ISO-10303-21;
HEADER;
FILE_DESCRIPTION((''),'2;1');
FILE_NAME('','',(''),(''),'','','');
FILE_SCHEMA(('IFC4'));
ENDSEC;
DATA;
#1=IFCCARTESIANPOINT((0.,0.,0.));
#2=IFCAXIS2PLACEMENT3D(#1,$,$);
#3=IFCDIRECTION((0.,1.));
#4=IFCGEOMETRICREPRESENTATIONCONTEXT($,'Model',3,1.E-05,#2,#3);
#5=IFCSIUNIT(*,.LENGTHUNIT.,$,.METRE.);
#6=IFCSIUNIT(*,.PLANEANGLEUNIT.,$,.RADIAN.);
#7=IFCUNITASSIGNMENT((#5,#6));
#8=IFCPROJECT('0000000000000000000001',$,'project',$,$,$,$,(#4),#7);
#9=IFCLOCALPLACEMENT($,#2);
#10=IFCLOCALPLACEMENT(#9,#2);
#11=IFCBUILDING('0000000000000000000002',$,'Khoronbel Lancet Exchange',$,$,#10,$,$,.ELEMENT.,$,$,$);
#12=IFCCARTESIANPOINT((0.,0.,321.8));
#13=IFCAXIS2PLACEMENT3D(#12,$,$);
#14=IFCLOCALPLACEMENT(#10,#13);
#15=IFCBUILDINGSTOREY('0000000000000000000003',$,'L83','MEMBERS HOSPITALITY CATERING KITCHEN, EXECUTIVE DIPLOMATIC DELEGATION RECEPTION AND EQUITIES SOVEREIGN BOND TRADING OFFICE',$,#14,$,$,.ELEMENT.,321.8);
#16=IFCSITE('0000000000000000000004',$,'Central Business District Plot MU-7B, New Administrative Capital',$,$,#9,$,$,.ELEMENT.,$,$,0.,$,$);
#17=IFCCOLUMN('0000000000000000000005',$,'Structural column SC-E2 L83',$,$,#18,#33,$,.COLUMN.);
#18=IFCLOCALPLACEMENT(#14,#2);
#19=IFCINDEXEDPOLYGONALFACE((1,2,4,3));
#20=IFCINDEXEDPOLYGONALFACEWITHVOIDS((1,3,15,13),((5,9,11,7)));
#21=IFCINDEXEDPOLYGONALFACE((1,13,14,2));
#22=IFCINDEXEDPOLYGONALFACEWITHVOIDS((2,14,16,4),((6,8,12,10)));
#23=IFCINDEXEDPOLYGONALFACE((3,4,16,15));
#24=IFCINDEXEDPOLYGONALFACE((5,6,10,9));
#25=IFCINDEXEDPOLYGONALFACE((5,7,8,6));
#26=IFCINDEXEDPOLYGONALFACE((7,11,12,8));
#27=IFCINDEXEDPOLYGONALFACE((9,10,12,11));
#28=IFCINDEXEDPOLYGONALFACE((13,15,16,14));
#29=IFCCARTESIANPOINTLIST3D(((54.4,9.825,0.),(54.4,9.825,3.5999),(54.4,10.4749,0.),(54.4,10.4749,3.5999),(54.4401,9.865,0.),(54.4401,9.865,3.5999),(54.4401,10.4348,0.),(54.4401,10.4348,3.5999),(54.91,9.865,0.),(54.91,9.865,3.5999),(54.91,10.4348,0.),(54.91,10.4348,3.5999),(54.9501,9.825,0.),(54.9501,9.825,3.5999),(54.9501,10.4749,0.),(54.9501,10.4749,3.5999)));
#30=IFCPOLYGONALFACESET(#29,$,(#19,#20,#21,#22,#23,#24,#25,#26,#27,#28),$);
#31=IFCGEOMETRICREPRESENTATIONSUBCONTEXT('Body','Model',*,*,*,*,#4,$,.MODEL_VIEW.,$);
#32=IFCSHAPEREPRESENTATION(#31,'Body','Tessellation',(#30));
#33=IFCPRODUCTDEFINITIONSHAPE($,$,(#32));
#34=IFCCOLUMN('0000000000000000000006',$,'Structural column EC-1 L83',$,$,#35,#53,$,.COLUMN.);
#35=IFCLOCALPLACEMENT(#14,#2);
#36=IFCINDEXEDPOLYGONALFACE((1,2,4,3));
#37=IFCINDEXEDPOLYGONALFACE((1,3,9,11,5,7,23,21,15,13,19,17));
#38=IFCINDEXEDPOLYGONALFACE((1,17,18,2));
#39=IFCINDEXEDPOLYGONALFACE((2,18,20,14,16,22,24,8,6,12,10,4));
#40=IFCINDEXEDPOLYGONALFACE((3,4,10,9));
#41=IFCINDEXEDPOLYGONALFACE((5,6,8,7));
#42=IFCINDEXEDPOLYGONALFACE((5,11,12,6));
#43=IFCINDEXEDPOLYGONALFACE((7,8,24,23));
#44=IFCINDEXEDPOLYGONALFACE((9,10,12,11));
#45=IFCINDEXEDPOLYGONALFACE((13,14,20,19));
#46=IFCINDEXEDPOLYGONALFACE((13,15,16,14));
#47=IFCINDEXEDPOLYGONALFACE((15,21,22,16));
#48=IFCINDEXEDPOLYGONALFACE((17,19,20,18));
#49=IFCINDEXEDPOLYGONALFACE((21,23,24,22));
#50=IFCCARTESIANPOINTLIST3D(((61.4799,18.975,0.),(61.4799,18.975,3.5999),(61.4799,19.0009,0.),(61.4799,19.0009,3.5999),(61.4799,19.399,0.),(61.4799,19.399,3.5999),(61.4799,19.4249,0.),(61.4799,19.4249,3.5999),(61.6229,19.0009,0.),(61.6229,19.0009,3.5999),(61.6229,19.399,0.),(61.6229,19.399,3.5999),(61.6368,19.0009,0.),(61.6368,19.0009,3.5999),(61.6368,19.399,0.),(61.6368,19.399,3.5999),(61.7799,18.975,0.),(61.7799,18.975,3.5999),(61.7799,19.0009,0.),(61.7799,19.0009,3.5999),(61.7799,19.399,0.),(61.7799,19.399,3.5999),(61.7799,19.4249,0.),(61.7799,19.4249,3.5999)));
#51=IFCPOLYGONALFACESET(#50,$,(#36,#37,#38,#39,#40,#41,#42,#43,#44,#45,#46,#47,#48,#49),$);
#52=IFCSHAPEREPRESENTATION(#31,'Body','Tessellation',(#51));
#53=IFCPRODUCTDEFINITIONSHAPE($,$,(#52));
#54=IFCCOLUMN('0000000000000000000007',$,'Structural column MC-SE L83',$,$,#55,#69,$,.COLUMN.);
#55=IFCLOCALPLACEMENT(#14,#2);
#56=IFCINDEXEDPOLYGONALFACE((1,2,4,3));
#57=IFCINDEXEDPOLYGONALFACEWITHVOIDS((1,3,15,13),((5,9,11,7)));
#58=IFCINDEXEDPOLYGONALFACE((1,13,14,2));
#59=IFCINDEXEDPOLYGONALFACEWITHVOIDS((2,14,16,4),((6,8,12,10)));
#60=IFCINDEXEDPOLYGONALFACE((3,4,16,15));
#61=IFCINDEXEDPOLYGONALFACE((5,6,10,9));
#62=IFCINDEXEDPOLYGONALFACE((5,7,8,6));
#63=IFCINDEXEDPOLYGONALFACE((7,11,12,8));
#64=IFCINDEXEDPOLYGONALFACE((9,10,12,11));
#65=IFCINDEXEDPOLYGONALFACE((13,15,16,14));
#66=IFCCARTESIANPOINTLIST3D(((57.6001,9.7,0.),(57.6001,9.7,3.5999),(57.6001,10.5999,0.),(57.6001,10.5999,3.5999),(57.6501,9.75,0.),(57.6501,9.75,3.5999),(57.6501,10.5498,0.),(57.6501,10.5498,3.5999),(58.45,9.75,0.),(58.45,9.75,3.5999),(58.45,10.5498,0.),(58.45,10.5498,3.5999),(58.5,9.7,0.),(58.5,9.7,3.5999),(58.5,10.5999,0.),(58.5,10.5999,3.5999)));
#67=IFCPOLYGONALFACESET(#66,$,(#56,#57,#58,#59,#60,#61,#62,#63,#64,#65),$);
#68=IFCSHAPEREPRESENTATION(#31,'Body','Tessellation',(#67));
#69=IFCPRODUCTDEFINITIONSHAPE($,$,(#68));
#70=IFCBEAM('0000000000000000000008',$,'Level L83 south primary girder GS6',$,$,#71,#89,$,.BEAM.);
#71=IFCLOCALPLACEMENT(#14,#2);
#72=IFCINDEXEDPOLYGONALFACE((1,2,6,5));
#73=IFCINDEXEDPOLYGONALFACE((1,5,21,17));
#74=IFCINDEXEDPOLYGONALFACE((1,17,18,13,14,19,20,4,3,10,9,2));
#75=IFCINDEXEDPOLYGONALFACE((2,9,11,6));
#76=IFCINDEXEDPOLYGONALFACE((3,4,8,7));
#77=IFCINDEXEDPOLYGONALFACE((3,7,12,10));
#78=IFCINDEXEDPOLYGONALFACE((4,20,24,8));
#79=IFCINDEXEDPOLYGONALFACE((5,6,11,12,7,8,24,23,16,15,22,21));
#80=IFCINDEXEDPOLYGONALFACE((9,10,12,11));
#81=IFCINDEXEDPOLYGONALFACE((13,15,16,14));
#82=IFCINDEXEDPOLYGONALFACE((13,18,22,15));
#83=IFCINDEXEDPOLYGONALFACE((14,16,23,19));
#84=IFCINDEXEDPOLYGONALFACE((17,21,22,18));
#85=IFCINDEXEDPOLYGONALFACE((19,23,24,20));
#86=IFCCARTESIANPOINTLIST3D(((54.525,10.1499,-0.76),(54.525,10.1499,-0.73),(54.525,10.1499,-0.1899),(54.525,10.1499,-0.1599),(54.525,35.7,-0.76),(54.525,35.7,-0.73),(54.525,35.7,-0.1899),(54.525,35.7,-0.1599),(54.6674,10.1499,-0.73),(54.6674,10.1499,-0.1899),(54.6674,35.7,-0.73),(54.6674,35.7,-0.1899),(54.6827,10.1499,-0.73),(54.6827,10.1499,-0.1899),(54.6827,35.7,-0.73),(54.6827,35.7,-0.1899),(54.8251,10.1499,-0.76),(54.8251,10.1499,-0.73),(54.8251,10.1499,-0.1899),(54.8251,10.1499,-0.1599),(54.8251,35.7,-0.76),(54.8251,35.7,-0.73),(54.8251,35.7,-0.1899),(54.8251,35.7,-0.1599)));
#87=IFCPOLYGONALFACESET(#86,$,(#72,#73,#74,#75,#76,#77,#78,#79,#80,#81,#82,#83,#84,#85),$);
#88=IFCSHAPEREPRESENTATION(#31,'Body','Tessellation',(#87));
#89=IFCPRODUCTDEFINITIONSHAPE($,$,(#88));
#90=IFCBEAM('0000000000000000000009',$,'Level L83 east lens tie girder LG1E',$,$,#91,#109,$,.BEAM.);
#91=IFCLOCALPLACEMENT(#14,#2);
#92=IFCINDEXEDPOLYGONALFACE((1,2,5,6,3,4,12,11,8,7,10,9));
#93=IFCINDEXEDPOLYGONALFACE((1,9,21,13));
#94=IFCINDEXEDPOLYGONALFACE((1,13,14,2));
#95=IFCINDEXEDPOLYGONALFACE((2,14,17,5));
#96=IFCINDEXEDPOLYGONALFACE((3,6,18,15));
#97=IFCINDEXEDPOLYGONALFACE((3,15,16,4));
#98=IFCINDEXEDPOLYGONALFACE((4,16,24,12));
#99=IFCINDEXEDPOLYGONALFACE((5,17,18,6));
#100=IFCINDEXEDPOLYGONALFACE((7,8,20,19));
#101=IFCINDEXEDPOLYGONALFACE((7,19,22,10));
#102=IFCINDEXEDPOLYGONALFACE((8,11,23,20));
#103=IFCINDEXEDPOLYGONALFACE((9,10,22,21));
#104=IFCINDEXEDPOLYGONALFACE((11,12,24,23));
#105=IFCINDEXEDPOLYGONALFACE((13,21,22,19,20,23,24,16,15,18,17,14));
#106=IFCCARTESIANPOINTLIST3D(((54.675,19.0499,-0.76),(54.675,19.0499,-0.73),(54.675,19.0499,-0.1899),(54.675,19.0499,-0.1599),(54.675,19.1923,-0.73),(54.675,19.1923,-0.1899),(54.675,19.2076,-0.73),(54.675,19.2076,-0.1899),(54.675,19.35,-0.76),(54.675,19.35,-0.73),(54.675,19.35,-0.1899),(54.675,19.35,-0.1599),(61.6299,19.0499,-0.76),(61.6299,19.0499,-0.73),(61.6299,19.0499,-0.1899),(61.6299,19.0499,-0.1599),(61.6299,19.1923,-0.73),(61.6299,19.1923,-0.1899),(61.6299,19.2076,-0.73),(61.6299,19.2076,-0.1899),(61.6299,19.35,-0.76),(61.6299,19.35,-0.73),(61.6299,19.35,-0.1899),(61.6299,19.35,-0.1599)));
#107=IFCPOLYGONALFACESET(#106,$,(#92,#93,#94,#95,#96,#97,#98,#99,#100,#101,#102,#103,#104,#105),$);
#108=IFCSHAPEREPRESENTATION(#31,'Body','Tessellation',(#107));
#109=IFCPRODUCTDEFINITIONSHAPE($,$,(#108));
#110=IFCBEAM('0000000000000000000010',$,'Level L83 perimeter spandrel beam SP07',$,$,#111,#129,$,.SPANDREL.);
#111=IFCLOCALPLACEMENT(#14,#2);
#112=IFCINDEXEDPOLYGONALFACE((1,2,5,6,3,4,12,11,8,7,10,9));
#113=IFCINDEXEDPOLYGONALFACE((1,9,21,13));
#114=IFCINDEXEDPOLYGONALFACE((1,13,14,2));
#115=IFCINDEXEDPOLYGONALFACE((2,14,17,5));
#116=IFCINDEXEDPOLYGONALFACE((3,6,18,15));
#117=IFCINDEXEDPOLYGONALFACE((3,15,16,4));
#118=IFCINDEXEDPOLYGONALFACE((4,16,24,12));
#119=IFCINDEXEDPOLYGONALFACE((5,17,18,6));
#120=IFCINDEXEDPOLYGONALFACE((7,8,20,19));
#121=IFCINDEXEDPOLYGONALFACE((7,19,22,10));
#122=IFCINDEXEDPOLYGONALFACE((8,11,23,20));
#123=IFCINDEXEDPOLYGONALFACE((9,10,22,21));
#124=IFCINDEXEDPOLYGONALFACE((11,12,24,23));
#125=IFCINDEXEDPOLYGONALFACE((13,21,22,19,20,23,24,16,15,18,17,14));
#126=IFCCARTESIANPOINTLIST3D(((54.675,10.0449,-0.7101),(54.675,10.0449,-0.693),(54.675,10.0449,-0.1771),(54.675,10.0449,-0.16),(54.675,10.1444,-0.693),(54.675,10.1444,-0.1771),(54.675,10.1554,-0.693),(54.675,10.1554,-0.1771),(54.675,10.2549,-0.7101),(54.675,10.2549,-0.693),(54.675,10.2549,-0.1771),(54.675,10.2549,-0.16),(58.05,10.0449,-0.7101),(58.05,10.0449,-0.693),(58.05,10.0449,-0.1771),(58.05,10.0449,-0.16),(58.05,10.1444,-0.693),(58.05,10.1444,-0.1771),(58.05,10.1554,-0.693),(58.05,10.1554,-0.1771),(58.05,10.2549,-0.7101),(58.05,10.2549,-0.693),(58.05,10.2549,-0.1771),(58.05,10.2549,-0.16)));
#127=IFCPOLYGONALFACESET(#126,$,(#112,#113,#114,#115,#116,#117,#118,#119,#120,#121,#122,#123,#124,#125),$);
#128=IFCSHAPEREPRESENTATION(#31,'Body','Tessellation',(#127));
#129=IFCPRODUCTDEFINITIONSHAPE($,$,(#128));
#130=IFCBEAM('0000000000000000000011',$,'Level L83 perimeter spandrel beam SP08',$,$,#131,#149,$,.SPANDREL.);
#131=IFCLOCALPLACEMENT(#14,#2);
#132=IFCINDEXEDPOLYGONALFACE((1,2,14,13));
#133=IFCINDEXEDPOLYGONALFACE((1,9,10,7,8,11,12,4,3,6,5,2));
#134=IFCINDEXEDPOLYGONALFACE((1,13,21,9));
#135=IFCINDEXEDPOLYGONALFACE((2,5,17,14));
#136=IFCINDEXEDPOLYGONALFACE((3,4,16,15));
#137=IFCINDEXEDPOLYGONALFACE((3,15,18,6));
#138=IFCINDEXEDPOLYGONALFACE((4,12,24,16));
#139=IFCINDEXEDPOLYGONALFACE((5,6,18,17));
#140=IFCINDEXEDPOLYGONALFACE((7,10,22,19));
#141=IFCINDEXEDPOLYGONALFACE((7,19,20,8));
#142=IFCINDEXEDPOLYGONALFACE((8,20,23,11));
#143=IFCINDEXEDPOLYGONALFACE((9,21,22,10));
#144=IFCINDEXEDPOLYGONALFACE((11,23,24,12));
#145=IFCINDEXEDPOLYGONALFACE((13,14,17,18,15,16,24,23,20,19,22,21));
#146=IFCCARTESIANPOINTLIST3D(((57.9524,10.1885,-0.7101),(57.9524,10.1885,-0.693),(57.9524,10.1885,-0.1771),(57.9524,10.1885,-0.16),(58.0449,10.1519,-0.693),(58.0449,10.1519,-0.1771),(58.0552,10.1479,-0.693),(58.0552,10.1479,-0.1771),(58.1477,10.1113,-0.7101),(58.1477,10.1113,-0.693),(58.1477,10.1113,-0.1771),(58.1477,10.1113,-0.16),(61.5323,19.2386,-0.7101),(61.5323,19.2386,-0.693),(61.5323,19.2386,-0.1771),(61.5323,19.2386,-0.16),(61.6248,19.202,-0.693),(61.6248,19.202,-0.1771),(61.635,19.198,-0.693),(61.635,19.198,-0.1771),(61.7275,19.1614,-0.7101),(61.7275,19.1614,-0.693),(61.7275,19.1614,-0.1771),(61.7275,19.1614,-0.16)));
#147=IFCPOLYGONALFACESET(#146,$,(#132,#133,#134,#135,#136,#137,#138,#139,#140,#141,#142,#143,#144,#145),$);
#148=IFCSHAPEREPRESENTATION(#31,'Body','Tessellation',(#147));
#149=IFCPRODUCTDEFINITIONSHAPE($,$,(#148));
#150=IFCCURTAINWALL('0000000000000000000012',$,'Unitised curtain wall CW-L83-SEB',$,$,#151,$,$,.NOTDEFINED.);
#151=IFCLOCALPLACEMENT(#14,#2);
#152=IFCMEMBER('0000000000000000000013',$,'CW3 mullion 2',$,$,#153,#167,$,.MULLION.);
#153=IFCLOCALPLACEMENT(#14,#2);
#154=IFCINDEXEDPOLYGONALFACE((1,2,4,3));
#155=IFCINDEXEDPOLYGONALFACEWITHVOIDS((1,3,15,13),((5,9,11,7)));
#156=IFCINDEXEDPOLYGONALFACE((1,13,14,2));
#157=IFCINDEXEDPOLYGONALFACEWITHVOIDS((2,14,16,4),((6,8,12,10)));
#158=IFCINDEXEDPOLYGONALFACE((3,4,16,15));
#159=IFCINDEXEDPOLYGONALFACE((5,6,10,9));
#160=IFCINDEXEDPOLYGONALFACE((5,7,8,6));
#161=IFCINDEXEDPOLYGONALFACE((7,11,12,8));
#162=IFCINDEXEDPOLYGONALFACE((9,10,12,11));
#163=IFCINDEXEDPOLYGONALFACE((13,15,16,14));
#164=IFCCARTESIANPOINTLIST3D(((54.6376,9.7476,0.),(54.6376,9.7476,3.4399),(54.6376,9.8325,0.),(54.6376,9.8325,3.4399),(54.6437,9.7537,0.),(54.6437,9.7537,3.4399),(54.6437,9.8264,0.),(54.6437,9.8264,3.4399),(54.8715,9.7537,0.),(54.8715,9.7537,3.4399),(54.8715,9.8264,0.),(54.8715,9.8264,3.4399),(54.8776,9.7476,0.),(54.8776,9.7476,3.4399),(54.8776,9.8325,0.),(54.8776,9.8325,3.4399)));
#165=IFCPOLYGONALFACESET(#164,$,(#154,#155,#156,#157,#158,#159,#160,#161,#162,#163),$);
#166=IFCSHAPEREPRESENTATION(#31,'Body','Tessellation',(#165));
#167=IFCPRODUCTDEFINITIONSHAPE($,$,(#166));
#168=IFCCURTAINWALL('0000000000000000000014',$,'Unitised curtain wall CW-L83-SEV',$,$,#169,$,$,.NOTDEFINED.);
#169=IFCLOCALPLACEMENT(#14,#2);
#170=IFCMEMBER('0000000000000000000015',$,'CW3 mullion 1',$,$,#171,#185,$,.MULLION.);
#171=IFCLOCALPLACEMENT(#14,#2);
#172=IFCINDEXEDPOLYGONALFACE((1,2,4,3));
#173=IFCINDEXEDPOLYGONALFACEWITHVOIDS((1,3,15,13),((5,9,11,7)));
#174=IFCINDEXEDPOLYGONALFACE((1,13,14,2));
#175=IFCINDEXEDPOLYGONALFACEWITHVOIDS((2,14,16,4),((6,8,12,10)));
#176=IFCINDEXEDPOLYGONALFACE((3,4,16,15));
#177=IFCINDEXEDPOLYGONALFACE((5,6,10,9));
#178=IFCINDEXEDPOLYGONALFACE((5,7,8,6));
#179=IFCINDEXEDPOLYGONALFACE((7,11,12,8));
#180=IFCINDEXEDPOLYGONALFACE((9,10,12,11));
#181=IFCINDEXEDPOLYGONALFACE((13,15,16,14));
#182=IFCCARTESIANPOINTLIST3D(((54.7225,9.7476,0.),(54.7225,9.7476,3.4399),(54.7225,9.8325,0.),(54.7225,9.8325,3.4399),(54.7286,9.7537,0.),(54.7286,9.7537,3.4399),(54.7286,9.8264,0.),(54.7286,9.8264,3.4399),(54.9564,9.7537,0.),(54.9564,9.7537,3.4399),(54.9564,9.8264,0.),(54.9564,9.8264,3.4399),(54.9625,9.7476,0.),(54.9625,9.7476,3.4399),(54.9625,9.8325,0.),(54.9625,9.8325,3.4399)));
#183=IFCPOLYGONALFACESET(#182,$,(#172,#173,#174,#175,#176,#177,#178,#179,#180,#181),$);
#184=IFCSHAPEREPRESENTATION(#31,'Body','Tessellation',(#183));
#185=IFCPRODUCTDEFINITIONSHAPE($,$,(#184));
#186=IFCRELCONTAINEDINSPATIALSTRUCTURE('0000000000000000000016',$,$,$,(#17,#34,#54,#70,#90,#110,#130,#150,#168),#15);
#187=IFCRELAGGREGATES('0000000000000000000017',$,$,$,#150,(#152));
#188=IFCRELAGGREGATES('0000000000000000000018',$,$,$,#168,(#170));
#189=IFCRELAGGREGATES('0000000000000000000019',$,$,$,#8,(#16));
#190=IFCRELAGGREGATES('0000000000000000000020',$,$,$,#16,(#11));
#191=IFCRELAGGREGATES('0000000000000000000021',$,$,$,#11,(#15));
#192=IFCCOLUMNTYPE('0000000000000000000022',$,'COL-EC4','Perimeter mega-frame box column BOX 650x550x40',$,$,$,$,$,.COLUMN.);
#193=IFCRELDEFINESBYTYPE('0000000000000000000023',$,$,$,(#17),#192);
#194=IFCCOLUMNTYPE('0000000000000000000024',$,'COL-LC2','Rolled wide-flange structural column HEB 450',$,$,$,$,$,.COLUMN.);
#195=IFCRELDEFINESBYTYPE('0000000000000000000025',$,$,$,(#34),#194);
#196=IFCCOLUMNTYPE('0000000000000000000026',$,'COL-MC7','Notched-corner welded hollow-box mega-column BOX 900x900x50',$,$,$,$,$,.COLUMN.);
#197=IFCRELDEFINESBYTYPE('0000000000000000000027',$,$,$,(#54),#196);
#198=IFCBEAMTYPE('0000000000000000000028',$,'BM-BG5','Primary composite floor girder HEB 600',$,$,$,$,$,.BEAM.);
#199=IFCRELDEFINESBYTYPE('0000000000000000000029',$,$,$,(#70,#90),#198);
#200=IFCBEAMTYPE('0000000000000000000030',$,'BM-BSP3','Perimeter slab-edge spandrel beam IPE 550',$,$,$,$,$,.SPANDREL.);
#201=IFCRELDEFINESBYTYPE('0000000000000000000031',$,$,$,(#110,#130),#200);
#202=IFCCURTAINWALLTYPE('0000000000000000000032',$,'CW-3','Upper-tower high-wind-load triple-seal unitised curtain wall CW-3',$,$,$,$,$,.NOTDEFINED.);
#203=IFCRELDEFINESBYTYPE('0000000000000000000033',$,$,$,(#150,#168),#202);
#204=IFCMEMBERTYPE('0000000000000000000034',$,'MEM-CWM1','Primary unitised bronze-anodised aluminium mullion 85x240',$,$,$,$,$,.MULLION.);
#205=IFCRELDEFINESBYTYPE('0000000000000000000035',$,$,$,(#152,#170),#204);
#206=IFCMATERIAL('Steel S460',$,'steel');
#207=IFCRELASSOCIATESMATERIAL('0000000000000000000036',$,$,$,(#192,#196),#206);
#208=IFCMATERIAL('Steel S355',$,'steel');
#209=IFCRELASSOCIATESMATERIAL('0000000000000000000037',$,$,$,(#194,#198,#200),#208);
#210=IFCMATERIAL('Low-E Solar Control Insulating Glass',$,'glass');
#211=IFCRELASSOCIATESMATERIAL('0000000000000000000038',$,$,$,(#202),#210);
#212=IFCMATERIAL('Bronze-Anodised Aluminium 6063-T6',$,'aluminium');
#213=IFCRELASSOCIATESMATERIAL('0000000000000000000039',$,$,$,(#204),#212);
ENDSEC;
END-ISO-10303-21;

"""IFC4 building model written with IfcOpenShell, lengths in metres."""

from ifc_helpers import new_model, si_unit, direction, frame, origin, origin_2d, place, context, subcontext, project, spatial, hollow_rectangle, i_section, extrude, material, material_profile, profile_set, type_object, element, aggregate, save


model = new_model("IFC4")

# Units and contexts
model_context = context("Model", 3, precision=1e-05, world=origin(), true_north=direction((0.0, 1.0)))
body_context = subcontext(model_context, "Body", "Model", "MODEL_VIEW")
ifc_project = project(units=[si_unit("LENGTHUNIT", "METRE"), si_unit("PLANEANGLEUNIT", "RADIAN")], contexts=[model_context])

# Site, building, storey
site_placement = place(None, origin())
site = spatial("IfcSite", under=ifc_project, at=site_placement, Name="Central Business District Plot MU-7B, New Administrative Capital", CompositionType="ELEMENT", RefElevation=0.0)
building_placement = place(site_placement, origin())
building = spatial("IfcBuilding", under=site, at=building_placement, Name="Khoronbel Lancet Exchange", CompositionType="ELEMENT")
storey_placement = place(building_placement, frame((0.0, 0.0, 321.8)))
storey = spatial("IfcBuildingStorey", under=building, at=storey_placement, Name="L83", Description="MEMBERS HOSPITALITY CATERING KITCHEN, EXECUTIVE DIPLOMATIC DELEGATION RECEPTION AND EQUITIES SOVEREIGN BOND TRADING OFFICE", CompositionType="ELEMENT", Elevation=321.8)

# Columns
ifc_material_1 = material(Name="Steel S460", Category="steel")
ifc_material_profile_1 = material_profile(ifc_material_1, hollow_rectangle(XDim=0.55, YDim=0.6499, WallThickness=0.04, at=origin_2d()), Name="BOX 650x550x40")
ifc_profile_set_1 = profile_set([ifc_material_profile_1], Name="Steel S460")
column_type_1 = type_object("IfcColumnType", Name="COL-EC4", Description="Perimeter mega-frame box column BOX 650x550x40", PredefinedType="COLUMN", material=ifc_profile_set_1)
column_1_placement = place(storey_placement, frame((54.675, 10.1499, 0.0), z_axis=(0.0, 0.0, 1.0), x_axis=(1.0, 0.0, 0.0)))
element("IfcColumn", 1, at=column_1_placement, inside=storey, type_object=column_type_1, Name="Structural column SC-E2 L83", PredefinedType="COLUMN", context=body_context, shape_type="SweptSolid", body=[
    extrude(hollow_rectangle(XDim=0.55, YDim=0.6499, WallThickness=0.04, at=origin_2d()), origin(), (0.0, 0.0, 1.0), 3.5999),
])
ifc_material_2 = material(Name="Steel S355", Category="steel")
ifc_material_profile_2 = material_profile(ifc_material_2, i_section(OverallWidth=0.3, OverallDepth=0.45, WebThickness=0.0139, FlangeThickness=0.0259, at=origin_2d()), Name="HEB 450")
ifc_profile_set_2 = profile_set([ifc_material_profile_2], Name="Steel S355")
column_type_2 = type_object("IfcColumnType", Name="COL-LC2", Description="Rolled wide-flange structural column HEB 450", PredefinedType="COLUMN", material=ifc_profile_set_2)
column_2_placement = place(storey_placement, frame((61.6299, 19.2, 0.0), z_axis=(0.0, 0.0, 1.0), x_axis=(1.0, 0.0, 0.0)))
element("IfcColumn", 2, at=column_2_placement, inside=storey, type_object=column_type_2, Name="Structural column EC-1 L83", PredefinedType="COLUMN", context=body_context, shape_type="SweptSolid", body=[
    extrude(i_section(OverallWidth=0.3, OverallDepth=0.45, WebThickness=0.0139, FlangeThickness=0.0259, at=origin_2d()), origin(), (0.0, 0.0, 1.0), 3.5999),
])
ifc_material_profile_3 = material_profile(ifc_material_1, hollow_rectangle(XDim=0.8999, YDim=0.8999, WallThickness=0.05, at=origin_2d()), Name="BOX 900x900x50")
ifc_profile_set_3 = profile_set([ifc_material_profile_3], Name="Steel S460")
column_type_3 = type_object("IfcColumnType", Name="COL-MC7", Description="Notched-corner welded hollow-box mega-column BOX 900x900x50", PredefinedType="COLUMN", material=ifc_profile_set_3)
column_3_placement = place(storey_placement, frame((58.05, 10.1499, 0.0), z_axis=(0.0, 0.0, 1.0), x_axis=(1.0, 0.0, 0.0)))
element("IfcColumn", 3, at=column_3_placement, inside=storey, type_object=column_type_3, Name="Structural column MC-SE L83", PredefinedType="COLUMN", context=body_context, shape_type="SweptSolid", body=[
    extrude(hollow_rectangle(XDim=0.8999, YDim=0.8999, WallThickness=0.05, at=origin_2d()), origin(), (0.0, 0.0, 1.0), 3.5999),
])

# Beams
ifc_material_profile_4 = material_profile(ifc_material_2, i_section(OverallWidth=0.3, OverallDepth=0.6001, WebThickness=0.0154, FlangeThickness=0.03, at=origin_2d()), Name="HEB 600")
ifc_profile_set_4 = profile_set([ifc_material_profile_4], Name="Steel S355")
beam_type_1 = type_object("IfcBeamType", Name="BM-BG5", Description="Primary composite floor girder HEB 600", PredefinedType="BEAM", material=ifc_profile_set_4)
beam_1_placement = place(storey_placement, frame((54.675, 10.1499, -0.46), z_axis=(0.0, 1.0, 0.0), x_axis=(-1.0, 0.0, 0.0)))
element("IfcBeam", 4, at=beam_1_placement, inside=storey, type_object=beam_type_1, Name="Level L83 south primary girder GS6", PredefinedType="BEAM", context=body_context, shape_type="SweptSolid", body=[
    extrude(i_section(OverallWidth=0.3, OverallDepth=0.6001, WebThickness=0.0154, FlangeThickness=0.03, at=origin_2d()), origin(), (0.0, 0.0, 1.0), 25.55),
])
beam_2_placement = place(storey_placement, frame((54.675, 19.2, -0.46), z_axis=(1.0, 0.0, 0.0), x_axis=(0.0, 1.0, 0.0)))
element("IfcBeam", 5, at=beam_2_placement, inside=storey, type_object=beam_type_1, Name="Level L83 east lens tie girder LG1E", PredefinedType="BEAM", context=body_context, shape_type="SweptSolid", body=[
    extrude(i_section(OverallWidth=0.3, OverallDepth=0.6001, WebThickness=0.0154, FlangeThickness=0.03, at=origin_2d()), origin(), (0.0, 0.0, 1.0), 6.9548),
])
ifc_material_profile_5 = material_profile(ifc_material_2, i_section(OverallWidth=0.21, OverallDepth=0.55, WebThickness=0.011, FlangeThickness=0.0171, at=origin_2d()), Name="IPE 550")
ifc_profile_set_5 = profile_set([ifc_material_profile_5], Name="Steel S355")
beam_type_2 = type_object("IfcBeamType", Name="BM-BSP3", Description="Perimeter slab-edge spandrel beam IPE 550", PredefinedType="SPANDREL", material=ifc_profile_set_5)
beam_3_placement = place(storey_placement, frame((54.675, 10.1499, -0.4351), z_axis=(1.0, 0.0, 0.0), x_axis=(0.0, 1.0, 0.0)))
element("IfcBeam", 6, at=beam_3_placement, inside=storey, type_object=beam_type_2, Name="Level L83 perimeter spandrel beam SP07", PredefinedType="SPANDREL", context=body_context, shape_type="SweptSolid", body=[
    extrude(i_section(OverallWidth=0.21, OverallDepth=0.55, WebThickness=0.011, FlangeThickness=0.0171, at=origin_2d()), origin(), (0.0, 0.0, 1.0), 3.375),
])
beam_4_placement = place(storey_placement, frame((58.05, 10.1499, -0.4351), z_axis=(0.367828, 0.929894, 0.0), x_axis=(-0.929894, 0.367828, 0.0)))
element("IfcBeam", 7, at=beam_4_placement, inside=storey, type_object=beam_type_2, Name="Level L83 perimeter spandrel beam SP08", PredefinedType="SPANDREL", context=body_context, shape_type="SweptSolid", body=[
    extrude(i_section(OverallWidth=0.21, OverallDepth=0.55, WebThickness=0.011, FlangeThickness=0.0171, at=origin_2d()), origin(), (0.0, 0.0, 1.0), 9.7324),
])

# Curtain wall, member
ifc_material_3 = material(Name="Low-E Solar Control Insulating Glass", Category="glass")
curtain_wall_type_1 = type_object("IfcCurtainWallType", Name="CW-3", Description="Upper-tower high-wind-load triple-seal unitised curtain wall CW-3", PredefinedType="NOTDEFINED", material=ifc_material_3)
curtain_wall_1_placement = place(storey_placement, origin())
curtain_wall_1 = element("IfcCurtainWall", 8, at=curtain_wall_1_placement, inside=storey, type_object=curtain_wall_type_1, Name="Unitised curtain wall CW-L83-SEB", PredefinedType="NOTDEFINED")
ifc_material_4 = material(Name="Bronze-Anodised Aluminium 6063-T6", Category="aluminium")
ifc_material_profile_6 = material_profile(ifc_material_4, hollow_rectangle(XDim=0.085, YDim=0.24, WallThickness=0.0061, at=origin_2d()), Name="ALU MULLION 85x240")
ifc_profile_set_6 = profile_set([ifc_material_profile_6], Name="Bronze-Anodised Aluminium 6063-T6")
member_type_1 = type_object("IfcMemberType", Name="MEM-CWM1", Description="Primary unitised bronze-anodised aluminium mullion 85x240", PredefinedType="MULLION", material=ifc_profile_set_6)
member_1_placement = place(storey_placement, frame((54.7576, 9.79, 0.0), z_axis=(0.0, 0.0, 1.0), x_axis=(0.0, 1.0, 0.0)))
member_1 = element("IfcMember", 9, at=member_1_placement, type_object=member_type_1, Name="CW3 mullion 2", PredefinedType="MULLION", context=body_context, shape_type="SweptSolid", body=[
    extrude(hollow_rectangle(XDim=0.085, YDim=0.24, WallThickness=0.0061, at=origin_2d()), origin(), (0.0, 0.0, 1.0), 3.4399),
])

# Curtain wall, member
curtain_wall_2_placement = place(storey_placement, origin())
curtain_wall_2 = element("IfcCurtainWall", 10, at=curtain_wall_2_placement, inside=storey, type_object=curtain_wall_type_1, Name="Unitised curtain wall CW-L83-SEV", PredefinedType="NOTDEFINED")
member_2_placement = place(storey_placement, frame((54.8425, 9.79, 0.0), z_axis=(0.0, 0.0, 1.0), x_axis=(0.0, 1.0, 0.0)))
member_2 = element("IfcMember", 11, at=member_2_placement, type_object=member_type_1, Name="CW3 mullion 1", PredefinedType="MULLION", context=body_context, shape_type="SweptSolid", body=[
    extrude(hollow_rectangle(XDim=0.085, YDim=0.24, WallThickness=0.0061, at=origin_2d()), origin(), (0.0, 0.0, 1.0), 3.4399),
])

aggregate(curtain_wall_1, [member_1])
aggregate(curtain_wall_2, [member_2])

save(model, "model.ifc")
